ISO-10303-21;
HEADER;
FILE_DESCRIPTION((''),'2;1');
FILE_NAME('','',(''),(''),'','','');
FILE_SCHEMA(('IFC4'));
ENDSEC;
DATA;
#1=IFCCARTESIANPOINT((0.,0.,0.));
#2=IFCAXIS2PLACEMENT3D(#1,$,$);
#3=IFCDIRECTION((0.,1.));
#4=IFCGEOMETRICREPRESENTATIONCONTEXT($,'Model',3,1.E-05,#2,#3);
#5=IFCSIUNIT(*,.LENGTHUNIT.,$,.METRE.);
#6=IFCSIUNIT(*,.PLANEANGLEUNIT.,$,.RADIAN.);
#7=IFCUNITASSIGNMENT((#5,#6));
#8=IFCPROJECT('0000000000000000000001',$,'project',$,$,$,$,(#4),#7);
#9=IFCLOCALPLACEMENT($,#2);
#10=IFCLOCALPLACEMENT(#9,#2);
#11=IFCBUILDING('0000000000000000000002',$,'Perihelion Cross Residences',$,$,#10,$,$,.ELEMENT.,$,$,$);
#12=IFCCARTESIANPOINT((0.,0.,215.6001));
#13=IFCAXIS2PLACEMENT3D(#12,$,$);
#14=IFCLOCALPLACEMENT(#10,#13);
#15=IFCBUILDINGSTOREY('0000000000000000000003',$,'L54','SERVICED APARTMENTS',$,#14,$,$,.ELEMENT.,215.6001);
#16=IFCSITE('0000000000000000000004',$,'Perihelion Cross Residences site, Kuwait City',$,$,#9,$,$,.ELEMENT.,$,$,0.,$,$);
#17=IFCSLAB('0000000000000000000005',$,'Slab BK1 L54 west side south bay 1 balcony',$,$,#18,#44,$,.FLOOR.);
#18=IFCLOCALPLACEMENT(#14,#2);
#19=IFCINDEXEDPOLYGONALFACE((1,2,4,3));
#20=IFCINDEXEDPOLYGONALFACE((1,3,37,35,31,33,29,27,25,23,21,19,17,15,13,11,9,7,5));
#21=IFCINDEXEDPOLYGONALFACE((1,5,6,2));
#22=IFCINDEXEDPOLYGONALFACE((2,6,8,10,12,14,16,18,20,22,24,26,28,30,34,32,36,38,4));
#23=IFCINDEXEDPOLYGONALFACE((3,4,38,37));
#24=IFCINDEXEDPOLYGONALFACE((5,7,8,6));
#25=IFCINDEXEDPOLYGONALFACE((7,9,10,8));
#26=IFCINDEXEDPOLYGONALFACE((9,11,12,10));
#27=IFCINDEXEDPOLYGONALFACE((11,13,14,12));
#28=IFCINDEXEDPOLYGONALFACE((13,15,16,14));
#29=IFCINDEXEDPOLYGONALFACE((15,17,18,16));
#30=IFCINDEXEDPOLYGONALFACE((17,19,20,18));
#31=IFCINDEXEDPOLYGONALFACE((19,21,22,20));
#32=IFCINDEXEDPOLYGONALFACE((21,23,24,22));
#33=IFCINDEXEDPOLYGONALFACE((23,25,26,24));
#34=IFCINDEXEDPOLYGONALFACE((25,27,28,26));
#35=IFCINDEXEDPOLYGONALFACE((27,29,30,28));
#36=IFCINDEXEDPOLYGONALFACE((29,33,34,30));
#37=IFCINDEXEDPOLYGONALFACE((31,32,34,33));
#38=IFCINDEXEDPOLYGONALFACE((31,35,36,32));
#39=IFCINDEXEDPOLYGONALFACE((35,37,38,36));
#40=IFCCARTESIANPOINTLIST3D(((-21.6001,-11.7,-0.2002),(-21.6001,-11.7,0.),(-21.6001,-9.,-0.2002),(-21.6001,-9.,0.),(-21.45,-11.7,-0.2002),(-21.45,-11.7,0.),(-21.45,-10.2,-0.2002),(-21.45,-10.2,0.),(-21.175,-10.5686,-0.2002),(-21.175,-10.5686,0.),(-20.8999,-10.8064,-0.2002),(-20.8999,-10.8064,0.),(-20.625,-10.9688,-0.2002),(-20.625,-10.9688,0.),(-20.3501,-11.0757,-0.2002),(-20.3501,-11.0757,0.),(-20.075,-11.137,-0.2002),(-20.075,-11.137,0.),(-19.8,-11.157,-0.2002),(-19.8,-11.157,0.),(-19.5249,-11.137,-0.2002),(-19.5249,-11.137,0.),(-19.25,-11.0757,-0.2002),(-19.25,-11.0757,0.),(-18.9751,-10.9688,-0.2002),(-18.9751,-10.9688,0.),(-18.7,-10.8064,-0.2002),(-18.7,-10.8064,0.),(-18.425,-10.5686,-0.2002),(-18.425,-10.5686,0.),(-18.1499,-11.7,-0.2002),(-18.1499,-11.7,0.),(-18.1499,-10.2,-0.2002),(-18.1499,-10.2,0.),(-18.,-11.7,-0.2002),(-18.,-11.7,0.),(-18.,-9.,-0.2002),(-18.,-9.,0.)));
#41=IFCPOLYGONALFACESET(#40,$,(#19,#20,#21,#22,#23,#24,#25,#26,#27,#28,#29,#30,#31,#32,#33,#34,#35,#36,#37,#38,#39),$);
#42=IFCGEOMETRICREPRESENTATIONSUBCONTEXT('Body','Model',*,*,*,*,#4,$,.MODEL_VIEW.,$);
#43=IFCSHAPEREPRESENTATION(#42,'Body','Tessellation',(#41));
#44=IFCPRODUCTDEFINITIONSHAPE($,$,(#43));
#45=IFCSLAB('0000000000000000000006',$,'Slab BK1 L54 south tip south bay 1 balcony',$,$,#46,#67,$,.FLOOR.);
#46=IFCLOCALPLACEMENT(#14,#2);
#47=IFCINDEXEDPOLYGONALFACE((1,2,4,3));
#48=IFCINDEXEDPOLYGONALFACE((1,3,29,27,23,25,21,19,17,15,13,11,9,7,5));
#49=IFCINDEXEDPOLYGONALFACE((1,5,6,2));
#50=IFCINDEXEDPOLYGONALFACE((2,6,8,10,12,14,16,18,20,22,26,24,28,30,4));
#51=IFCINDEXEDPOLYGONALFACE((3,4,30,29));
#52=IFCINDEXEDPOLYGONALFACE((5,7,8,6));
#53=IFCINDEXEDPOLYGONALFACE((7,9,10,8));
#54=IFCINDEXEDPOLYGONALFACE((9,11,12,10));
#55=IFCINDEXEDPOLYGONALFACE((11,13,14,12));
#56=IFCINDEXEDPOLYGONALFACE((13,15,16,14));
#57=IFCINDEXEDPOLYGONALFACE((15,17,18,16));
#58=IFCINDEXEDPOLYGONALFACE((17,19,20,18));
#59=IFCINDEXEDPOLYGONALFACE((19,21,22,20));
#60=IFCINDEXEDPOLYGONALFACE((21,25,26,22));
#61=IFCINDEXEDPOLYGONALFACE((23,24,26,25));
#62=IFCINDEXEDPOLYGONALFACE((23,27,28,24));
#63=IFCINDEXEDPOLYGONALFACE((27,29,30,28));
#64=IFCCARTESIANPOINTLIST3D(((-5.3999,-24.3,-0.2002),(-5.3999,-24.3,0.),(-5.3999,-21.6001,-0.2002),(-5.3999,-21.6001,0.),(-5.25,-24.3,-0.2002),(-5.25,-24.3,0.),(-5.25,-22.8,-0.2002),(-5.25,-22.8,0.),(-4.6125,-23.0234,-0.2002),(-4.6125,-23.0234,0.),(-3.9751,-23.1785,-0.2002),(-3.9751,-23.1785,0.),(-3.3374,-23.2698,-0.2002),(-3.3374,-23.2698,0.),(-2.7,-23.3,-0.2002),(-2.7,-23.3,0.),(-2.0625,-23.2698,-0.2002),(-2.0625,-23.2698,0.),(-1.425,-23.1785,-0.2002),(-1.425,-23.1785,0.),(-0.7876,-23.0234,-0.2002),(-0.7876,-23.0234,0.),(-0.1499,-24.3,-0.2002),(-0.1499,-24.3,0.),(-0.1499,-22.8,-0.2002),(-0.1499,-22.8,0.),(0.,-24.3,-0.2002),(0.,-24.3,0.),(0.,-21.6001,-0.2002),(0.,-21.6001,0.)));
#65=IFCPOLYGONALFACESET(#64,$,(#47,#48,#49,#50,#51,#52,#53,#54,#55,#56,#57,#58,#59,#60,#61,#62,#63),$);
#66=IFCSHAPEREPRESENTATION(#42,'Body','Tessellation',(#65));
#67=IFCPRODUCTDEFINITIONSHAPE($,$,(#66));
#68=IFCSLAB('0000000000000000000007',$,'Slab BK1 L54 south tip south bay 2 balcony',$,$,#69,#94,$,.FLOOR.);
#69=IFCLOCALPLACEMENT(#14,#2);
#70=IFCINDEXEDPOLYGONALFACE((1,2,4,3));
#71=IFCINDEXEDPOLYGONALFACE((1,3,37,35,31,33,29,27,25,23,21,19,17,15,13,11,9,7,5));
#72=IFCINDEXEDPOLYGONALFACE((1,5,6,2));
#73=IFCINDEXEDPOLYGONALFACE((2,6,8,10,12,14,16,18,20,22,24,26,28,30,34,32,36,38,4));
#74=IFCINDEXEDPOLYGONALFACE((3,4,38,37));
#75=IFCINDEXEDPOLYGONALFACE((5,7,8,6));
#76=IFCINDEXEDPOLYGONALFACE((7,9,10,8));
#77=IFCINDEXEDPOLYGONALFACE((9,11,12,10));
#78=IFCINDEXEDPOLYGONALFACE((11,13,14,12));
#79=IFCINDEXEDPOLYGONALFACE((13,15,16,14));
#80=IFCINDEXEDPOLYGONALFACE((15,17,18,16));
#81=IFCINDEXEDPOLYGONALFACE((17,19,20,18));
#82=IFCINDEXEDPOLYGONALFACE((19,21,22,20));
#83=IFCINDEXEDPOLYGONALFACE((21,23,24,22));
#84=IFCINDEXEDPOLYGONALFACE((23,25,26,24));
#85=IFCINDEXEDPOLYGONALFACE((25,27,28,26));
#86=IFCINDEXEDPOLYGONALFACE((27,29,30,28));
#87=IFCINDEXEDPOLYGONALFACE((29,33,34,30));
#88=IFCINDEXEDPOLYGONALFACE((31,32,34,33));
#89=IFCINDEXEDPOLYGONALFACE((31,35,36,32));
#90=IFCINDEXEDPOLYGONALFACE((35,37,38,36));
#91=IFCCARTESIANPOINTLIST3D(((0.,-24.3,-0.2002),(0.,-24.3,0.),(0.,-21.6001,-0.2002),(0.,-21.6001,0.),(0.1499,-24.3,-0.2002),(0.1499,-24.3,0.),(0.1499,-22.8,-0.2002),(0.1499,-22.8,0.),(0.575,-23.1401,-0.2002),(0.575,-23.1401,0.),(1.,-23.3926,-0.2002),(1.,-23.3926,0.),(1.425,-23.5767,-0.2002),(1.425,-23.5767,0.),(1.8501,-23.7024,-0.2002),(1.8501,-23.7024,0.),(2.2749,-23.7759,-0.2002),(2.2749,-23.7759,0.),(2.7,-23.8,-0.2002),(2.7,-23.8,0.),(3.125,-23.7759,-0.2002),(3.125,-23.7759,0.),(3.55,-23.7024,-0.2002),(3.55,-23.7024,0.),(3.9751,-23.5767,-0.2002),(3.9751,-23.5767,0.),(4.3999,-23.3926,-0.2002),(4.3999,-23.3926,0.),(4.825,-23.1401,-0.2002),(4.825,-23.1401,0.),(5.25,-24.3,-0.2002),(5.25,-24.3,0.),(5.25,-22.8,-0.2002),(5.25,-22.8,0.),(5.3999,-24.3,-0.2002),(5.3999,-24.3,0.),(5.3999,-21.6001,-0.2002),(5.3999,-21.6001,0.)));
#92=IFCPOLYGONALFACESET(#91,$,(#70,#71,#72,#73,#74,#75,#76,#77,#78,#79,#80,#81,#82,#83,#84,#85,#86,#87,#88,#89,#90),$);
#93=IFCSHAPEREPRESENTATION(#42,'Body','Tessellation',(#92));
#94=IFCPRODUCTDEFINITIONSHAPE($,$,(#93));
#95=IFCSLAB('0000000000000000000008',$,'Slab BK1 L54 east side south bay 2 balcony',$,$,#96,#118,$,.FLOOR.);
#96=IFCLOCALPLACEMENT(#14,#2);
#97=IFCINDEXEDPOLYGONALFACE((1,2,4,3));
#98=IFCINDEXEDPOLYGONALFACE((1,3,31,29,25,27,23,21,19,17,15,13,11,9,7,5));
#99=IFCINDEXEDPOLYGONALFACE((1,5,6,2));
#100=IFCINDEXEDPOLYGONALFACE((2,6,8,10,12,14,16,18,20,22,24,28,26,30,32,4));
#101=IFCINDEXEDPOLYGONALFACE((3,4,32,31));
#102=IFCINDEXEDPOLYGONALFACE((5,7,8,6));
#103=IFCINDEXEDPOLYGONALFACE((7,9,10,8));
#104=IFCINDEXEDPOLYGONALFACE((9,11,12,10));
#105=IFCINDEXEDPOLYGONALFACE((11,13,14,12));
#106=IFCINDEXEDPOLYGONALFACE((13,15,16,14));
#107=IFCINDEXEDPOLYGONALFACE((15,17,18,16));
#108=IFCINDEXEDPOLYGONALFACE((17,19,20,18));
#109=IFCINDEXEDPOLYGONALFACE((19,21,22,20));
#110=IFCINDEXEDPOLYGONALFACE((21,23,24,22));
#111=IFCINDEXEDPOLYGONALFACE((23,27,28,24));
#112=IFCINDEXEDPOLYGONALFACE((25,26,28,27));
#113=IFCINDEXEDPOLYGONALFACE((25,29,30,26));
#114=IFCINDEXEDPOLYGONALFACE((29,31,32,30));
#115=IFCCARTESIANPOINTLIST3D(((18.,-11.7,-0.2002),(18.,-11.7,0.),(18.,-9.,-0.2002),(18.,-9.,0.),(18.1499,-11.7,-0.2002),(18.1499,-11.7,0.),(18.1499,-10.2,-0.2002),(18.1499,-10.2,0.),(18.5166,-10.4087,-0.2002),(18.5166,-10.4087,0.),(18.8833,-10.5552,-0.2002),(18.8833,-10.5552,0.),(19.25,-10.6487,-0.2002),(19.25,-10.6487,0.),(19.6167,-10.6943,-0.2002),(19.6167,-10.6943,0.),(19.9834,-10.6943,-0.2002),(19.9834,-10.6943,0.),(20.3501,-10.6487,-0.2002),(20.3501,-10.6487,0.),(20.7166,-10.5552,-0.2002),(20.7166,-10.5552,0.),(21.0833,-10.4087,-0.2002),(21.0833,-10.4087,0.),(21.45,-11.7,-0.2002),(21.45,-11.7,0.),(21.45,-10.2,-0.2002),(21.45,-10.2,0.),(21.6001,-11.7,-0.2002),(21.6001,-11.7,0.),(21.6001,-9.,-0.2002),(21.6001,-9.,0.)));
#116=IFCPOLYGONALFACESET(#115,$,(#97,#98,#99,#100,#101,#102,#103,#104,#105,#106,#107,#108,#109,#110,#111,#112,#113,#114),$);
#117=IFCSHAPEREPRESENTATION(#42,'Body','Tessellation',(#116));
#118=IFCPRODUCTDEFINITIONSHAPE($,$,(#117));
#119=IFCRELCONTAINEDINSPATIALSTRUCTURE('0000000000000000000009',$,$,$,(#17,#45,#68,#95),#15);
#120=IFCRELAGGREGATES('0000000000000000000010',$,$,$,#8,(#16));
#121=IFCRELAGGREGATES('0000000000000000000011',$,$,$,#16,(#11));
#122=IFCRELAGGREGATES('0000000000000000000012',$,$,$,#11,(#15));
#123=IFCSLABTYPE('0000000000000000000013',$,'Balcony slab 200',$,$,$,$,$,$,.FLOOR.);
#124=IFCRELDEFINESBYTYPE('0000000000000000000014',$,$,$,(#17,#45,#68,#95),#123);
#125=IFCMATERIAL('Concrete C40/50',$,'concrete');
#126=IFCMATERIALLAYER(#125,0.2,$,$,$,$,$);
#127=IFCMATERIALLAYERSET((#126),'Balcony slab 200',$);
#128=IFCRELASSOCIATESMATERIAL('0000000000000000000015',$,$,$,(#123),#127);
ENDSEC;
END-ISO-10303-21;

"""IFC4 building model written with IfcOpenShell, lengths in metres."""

from ifc_helpers import new_model, si_unit, direction, frame, origin, place, context, subcontext, project, spatial, polyline, outline, extrude, material, layer, layer_set, type_object, element, save


model = new_model("IFC4")

# Units and contexts
model_context = context("Model", 3, precision=1e-05, world=origin(), true_north=direction((0.0, 1.0)))
body_context = subcontext(model_context, "Body", "Model", "MODEL_VIEW")
ifc_project = project(units=[si_unit("LENGTHUNIT", "METRE"), si_unit("PLANEANGLEUNIT", "RADIAN")], contexts=[model_context])

# Site, building, storey
site_placement = place(None, origin())
site = spatial("IfcSite", under=ifc_project, at=site_placement, Name="Perihelion Cross Residences site, Kuwait City", CompositionType="ELEMENT", RefElevation=0.0)
building_placement = place(site_placement, origin())
building = spatial("IfcBuilding", under=site, at=building_placement, Name="Perihelion Cross Residences", CompositionType="ELEMENT")
storey_placement = place(building_placement, frame((0.0, 0.0, 215.6001)))
storey = spatial("IfcBuildingStorey", under=building, at=storey_placement, Name="L54", Description="SERVICED APARTMENTS", CompositionType="ELEMENT", Elevation=215.6001)

# Slabs
ifc_material_1 = material(Name="Concrete C40/50", Category="concrete")
ifc_layer_1 = layer(ifc_material_1, 0.2)
ifc_layer_set_1 = layer_set([ifc_layer_1], Name="Balcony slab 200")
slab_type_1 = type_object("IfcSlabType", Name="Balcony slab 200", PredefinedType="FLOOR", material=ifc_layer_set_1)
slab_1_placement = place(storey_placement, frame((0.0, 0.0, -0.2002)))
element("IfcSlab", 1, at=slab_1_placement, inside=storey, type_object=slab_type_1, Name="Slab BK1 L54 west side south bay 1 balcony", PredefinedType="FLOOR", context=body_context, shape_type="SweptSolid", body=[
    extrude(outline(polyline([(-21.6001, -9.0), (-18.0, -9.0), (-18.0, -11.7), (-18.1499, -11.7), (-18.1499, -10.2), (-18.425, -10.5686), (-18.7, -10.8064), (-18.9751, -10.9688), (-19.25, -11.0757), (-19.5249, -11.137), (-19.8, -11.157), (-20.075, -11.137), (-20.3501, -11.0757), (-20.625, -10.9688), (-20.8999, -10.8064), (-21.175, -10.5686), (-21.45, -10.2), (-21.45, -11.7), (-21.6001, -11.7), (-21.6001, -9.0)])), origin(), (0.0, 0.0, 1.0), 0.2002),
])
slab_2_placement = place(storey_placement, frame((0.0, 0.0, -0.2002)))
element("IfcSlab", 2, at=slab_2_placement, inside=storey, type_object=slab_type_1, Name="Slab BK1 L54 south tip south bay 1 balcony", PredefinedType="FLOOR", context=body_context, shape_type="SweptSolid", body=[
    extrude(outline(polyline([(-5.3999, -21.6001), (0.0, -21.6001), (0.0, -24.3), (-0.1499, -24.3), (-0.1499, -22.8), (-0.7876, -23.0234), (-1.425, -23.1785), (-2.0625, -23.2698), (-2.7, -23.3), (-3.3374, -23.2698), (-3.9751, -23.1785), (-4.6125, -23.0234), (-5.25, -22.8), (-5.25, -24.3), (-5.3999, -24.3), (-5.3999, -21.6001)])), origin(), (0.0, 0.0, 1.0), 0.2002),
])
slab_3_placement = place(storey_placement, frame((0.0, 0.0, -0.2002)))
element("IfcSlab", 3, at=slab_3_placement, inside=storey, type_object=slab_type_1, Name="Slab BK1 L54 south tip south bay 2 balcony", PredefinedType="FLOOR", context=body_context, shape_type="SweptSolid", body=[
    extrude(outline(polyline([(0.0, -21.6001), (5.3999, -21.6001), (5.3999, -24.3), (5.25, -24.3), (5.25, -22.8), (4.825, -23.1401), (4.3999, -23.3926), (3.9751, -23.5767), (3.55, -23.7024), (3.125, -23.7759), (2.7, -23.8), (2.2749, -23.7759), (1.8501, -23.7024), (1.425, -23.5767), (1.0, -23.3926), (0.575, -23.1401), (0.1499, -22.8), (0.1499, -24.3), (0.0, -24.3), (0.0, -21.6001)])), origin(), (0.0, 0.0, 1.0), 0.2002),
])
slab_4_placement = place(storey_placement, frame((0.0, 0.0, -0.2002)))
element("IfcSlab", 4, at=slab_4_placement, inside=storey, type_object=slab_type_1, Name="Slab BK1 L54 east side south bay 2 balcony", PredefinedType="FLOOR", context=body_context, shape_type="SweptSolid", body=[
    extrude(outline(polyline([(18.0, -9.0), (21.6001, -9.0), (21.6001, -11.7), (21.45, -11.7), (21.45, -10.2), (21.0833, -10.4087), (20.7166, -10.5552), (20.3501, -10.6487), (19.9834, -10.6943), (19.6167, -10.6943), (19.25, -10.6487), (18.8833, -10.5552), (18.5166, -10.4087), (18.1499, -10.2), (18.1499, -11.7), (18.0, -11.7), (18.0, -9.0)])), origin(), (0.0, 0.0, 1.0), 0.2002),
])

save(model, "model.ifc")
